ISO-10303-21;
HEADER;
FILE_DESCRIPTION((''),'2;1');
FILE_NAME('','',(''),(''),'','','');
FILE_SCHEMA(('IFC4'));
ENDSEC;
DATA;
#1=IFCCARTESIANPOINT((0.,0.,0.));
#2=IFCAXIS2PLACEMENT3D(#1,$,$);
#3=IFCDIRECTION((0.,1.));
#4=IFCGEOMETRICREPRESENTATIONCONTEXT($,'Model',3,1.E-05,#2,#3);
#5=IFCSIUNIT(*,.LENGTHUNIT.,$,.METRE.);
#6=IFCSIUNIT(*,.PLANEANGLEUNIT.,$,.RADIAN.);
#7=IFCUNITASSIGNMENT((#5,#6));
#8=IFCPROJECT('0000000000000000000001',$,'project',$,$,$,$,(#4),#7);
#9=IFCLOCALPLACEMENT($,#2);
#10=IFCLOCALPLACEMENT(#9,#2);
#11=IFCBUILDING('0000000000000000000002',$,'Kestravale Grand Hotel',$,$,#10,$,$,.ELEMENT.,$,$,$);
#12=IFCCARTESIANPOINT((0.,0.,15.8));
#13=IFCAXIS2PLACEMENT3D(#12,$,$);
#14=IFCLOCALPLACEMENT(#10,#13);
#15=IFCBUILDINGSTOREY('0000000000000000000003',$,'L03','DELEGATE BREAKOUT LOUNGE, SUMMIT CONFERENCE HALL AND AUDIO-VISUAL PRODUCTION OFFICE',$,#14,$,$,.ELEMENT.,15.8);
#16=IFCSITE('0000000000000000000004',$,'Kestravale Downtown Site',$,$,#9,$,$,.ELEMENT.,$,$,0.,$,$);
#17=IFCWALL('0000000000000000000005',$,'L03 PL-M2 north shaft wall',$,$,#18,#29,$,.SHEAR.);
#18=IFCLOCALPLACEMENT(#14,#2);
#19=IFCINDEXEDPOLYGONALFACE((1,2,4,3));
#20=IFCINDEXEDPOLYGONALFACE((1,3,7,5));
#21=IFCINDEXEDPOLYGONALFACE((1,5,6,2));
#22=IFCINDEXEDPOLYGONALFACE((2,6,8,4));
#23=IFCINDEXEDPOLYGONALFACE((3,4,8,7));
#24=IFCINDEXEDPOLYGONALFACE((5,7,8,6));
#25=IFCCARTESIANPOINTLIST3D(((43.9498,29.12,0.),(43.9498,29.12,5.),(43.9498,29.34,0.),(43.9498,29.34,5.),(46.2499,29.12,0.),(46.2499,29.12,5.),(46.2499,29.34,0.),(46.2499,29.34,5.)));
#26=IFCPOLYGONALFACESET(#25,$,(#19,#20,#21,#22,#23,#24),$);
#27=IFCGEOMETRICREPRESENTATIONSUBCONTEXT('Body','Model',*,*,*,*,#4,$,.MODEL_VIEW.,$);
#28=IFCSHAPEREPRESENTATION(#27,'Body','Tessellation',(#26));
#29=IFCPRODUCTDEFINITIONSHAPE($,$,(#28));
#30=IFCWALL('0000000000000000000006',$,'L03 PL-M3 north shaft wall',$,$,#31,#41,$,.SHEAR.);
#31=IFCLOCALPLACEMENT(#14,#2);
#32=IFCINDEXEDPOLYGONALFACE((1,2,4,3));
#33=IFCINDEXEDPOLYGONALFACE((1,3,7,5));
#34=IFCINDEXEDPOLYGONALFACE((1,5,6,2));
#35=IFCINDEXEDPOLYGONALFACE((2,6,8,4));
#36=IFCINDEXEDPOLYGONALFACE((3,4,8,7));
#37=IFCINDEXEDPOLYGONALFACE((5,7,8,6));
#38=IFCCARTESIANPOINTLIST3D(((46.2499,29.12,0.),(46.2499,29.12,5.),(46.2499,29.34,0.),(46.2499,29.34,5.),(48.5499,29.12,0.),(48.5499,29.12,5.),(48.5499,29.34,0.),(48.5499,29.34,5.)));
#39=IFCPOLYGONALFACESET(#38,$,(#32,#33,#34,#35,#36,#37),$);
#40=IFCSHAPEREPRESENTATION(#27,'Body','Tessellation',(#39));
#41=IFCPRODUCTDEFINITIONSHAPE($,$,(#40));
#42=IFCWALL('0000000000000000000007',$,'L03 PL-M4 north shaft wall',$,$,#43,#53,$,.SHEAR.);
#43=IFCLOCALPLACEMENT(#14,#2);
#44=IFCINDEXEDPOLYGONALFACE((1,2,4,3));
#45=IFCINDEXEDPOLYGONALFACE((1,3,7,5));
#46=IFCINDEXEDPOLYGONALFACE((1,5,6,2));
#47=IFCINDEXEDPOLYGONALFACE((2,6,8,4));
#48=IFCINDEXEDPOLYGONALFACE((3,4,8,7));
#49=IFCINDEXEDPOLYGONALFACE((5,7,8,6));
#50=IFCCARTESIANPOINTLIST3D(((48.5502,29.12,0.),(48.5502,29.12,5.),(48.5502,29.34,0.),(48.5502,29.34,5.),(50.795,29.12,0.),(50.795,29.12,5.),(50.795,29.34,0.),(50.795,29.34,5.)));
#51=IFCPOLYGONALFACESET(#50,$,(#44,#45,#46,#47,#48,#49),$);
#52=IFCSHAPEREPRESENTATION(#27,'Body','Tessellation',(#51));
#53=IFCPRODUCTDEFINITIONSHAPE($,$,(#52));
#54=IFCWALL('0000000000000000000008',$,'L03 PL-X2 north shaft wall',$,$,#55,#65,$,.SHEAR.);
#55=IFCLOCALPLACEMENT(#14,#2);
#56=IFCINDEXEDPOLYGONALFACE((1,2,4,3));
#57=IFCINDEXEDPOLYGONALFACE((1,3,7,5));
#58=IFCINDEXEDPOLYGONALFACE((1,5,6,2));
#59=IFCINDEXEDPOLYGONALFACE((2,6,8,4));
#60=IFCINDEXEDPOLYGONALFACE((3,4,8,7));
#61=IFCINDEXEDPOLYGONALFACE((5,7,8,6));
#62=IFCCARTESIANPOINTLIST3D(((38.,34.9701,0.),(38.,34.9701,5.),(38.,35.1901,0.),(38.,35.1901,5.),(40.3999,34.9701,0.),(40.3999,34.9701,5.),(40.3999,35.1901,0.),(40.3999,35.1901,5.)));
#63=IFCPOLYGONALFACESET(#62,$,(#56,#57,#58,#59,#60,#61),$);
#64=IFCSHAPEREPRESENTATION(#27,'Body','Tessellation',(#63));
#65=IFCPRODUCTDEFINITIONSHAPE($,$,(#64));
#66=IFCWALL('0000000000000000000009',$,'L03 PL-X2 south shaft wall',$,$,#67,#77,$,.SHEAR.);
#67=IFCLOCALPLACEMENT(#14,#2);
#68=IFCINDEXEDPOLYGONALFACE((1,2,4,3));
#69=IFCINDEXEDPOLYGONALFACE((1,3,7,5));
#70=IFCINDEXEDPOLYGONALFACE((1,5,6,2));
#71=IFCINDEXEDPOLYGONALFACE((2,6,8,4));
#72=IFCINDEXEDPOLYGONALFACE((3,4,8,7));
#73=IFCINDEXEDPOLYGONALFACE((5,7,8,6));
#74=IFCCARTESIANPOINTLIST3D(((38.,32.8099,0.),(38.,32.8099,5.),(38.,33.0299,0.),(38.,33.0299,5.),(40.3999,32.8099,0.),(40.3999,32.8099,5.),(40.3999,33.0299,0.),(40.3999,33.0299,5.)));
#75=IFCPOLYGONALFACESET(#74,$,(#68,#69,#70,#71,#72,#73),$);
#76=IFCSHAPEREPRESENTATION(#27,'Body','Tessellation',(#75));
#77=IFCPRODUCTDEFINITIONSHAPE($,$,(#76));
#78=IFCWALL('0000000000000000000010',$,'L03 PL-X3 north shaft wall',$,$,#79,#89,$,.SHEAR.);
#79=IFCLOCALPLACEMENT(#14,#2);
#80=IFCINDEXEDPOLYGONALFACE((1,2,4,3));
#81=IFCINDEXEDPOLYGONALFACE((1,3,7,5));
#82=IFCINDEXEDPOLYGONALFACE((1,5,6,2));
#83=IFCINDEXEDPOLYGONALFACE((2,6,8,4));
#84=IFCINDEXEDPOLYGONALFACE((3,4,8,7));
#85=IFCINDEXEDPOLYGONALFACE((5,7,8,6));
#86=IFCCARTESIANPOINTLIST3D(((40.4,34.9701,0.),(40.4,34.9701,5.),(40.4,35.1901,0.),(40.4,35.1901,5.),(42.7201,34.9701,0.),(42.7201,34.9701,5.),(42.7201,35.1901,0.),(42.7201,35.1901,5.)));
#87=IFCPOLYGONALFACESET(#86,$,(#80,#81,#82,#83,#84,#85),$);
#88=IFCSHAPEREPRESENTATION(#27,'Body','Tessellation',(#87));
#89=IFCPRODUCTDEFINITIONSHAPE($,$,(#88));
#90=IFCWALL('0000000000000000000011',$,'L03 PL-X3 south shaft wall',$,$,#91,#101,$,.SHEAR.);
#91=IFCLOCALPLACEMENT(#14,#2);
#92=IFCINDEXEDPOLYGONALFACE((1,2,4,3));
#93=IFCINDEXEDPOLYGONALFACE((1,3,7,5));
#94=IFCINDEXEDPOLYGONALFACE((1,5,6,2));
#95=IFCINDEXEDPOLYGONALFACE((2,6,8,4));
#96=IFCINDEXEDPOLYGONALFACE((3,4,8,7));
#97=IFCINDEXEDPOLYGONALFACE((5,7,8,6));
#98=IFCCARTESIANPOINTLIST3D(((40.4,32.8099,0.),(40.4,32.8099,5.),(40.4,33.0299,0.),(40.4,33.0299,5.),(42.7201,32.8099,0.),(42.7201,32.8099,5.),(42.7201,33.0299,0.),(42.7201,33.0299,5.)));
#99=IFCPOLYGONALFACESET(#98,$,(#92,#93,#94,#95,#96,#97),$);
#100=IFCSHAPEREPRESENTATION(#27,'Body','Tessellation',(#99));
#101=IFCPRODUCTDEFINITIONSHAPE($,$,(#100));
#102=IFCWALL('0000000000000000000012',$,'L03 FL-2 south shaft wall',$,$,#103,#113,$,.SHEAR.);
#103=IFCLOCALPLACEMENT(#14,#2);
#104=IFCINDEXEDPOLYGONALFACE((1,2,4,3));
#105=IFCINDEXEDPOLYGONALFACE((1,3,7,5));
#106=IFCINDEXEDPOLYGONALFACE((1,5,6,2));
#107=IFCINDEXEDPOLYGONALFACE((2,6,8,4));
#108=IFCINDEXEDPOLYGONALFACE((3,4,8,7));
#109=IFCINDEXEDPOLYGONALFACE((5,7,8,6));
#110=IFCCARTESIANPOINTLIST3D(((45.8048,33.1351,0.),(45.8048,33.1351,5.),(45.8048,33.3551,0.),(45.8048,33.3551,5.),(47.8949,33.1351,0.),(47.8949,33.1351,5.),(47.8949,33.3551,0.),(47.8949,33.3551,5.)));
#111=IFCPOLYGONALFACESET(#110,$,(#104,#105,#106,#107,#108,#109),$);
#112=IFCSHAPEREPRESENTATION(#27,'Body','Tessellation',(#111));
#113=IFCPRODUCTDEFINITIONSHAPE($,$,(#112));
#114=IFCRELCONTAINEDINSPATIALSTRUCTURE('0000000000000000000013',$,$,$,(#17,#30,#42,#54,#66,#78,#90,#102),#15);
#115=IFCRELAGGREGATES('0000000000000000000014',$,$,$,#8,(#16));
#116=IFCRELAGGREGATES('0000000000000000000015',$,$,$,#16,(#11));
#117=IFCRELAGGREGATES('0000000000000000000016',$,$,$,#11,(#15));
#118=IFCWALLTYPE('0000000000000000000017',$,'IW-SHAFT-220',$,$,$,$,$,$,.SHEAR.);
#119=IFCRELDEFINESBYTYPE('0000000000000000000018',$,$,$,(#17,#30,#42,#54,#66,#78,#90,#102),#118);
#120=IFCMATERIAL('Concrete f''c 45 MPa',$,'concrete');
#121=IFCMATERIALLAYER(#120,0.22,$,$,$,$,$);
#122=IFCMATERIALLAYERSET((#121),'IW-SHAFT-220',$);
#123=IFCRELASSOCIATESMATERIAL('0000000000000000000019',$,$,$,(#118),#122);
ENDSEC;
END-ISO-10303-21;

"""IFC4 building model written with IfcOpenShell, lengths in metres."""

from ifc_helpers import new_model, si_unit, direction, frame, frame_2d, origin, place, context, subcontext, project, spatial, rectangle, extrude, material, layer, layer_set, type_object, element, save


model = new_model("IFC4")

# Units and contexts
model_context = context("Model", 3, precision=1e-05, world=origin(), true_north=direction((0.0, 1.0)))
body_context = subcontext(model_context, "Body", "Model", "MODEL_VIEW")
ifc_project = project(units=[si_unit("LENGTHUNIT", "METRE"), si_unit("PLANEANGLEUNIT", "RADIAN")], contexts=[model_context])

# Site, building, storey
site_placement = place(None, origin())
site = spatial("IfcSite", under=ifc_project, at=site_placement, Name="Kestravale Downtown Site", CompositionType="ELEMENT", RefElevation=0.0)
building_placement = place(site_placement, origin())
building = spatial("IfcBuilding", under=site, at=building_placement, Name="Kestravale Grand Hotel", CompositionType="ELEMENT")
storey_placement = place(building_placement, frame((0.0, 0.0, 15.8)))
storey = spatial("IfcBuildingStorey", under=building, at=storey_placement, Name="L03", Description="DELEGATE BREAKOUT LOUNGE, SUMMIT CONFERENCE HALL AND AUDIO-VISUAL PRODUCTION OFFICE", CompositionType="ELEMENT", Elevation=15.8)

# Walls
ifc_material_1 = material(Name="Concrete f'c 45 MPa", Category="concrete")
ifc_layer_1 = layer(ifc_material_1, 0.22)
ifc_layer_set_1 = layer_set([ifc_layer_1], Name="IW-SHAFT-220")
wall_type_1 = type_object("IfcWallType", Name="IW-SHAFT-220", PredefinedType="SHEAR", material=ifc_layer_set_1)
for number, where, z_axis, x_axis, name in (
    (1, (43.95, 29.23, 0.0), (0.0, 0.0, 1.0), (1.0, 0.0, 0.0), "L03 PL-M2 north shaft wall"),
    (2, (46.25, 29.23, 0.0), (0.0, 0.0, 1.0), (1.0, 0.0, 0.0), "L03 PL-M3 north shaft wall"),
):
    element("IfcWall", number, at=place(storey_placement, frame(where, z_axis=z_axis, x_axis=x_axis)), inside=storey, type_object=wall_type_1, Name=name, PredefinedType="SHEAR", context=body_context, shape_type="SweptSolid", body=[
        extrude(rectangle(XDim=2.3, YDim=0.22, at=frame_2d((1.1499, 0.0))), origin(), (0.0, 0.0, 1.0), 5.0),
    ])
wall_1_placement = place(storey_placement, frame((48.55, 29.23, 0.0), z_axis=(0.0, 0.0, 1.0), x_axis=(1.0, 0.0, 0.0)))
element("IfcWall", 3, at=wall_1_placement, inside=storey, type_object=wall_type_1, Name="L03 PL-M4 north shaft wall", PredefinedType="SHEAR", context=body_context, shape_type="SweptSolid", body=[
    extrude(rectangle(XDim=2.2449, YDim=0.22, at=frame_2d((1.1226, 0.0))), origin(), (0.0, 0.0, 1.0), 5.0),
])
for number, where, z_axis, x_axis, name in (
    (4, (38.0, 35.0801, 0.0), (0.0, 0.0, 1.0), (1.0, 0.0, 0.0), "L03 PL-X2 north shaft wall"),
    (5, (38.0, 32.9199, 0.0), (0.0, 0.0, 1.0), (1.0, 0.0, 0.0), "L03 PL-X2 south shaft wall"),
):
    element("IfcWall", number, at=place(storey_placement, frame(where, z_axis=z_axis, x_axis=x_axis)), inside=storey, type_object=wall_type_1, Name=name, PredefinedType="SHEAR", context=body_context, shape_type="SweptSolid", body=[
        extrude(rectangle(XDim=2.3999, YDim=0.22, at=frame_2d((1.2, 0.0))), origin(), (0.0, 0.0, 1.0), 5.0),
    ])
for number, where, z_axis, x_axis, name in (
    (6, (40.3999, 35.0801, 0.0), (0.0, 0.0, 1.0), (1.0, 0.0, 0.0), "L03 PL-X3 north shaft wall"),
    (7, (40.3999, 32.9199, 0.0), (0.0, 0.0, 1.0), (1.0, 0.0, 0.0), "L03 PL-X3 south shaft wall"),
):
    element("IfcWall", number, at=place(storey_placement, frame(where, z_axis=z_axis, x_axis=x_axis)), inside=storey, type_object=wall_type_1, Name=name, PredefinedType="SHEAR", context=body_context, shape_type="SweptSolid", body=[
        extrude(rectangle(XDim=2.3201, YDim=0.22, at=frame_2d((1.1602, 0.0))), origin(), (0.0, 0.0, 1.0), 5.0),
    ])

# Wall
wall_2_placement = place(storey_placement, frame((45.8049, 33.2451, 0.0), z_axis=(0.0, 0.0, 1.0), x_axis=(1.0, 0.0, 0.0)))
element("IfcWall", 8, at=wall_2_placement, inside=storey, type_object=wall_type_1, Name="L03 FL-2 south shaft wall", PredefinedType="SHEAR", context=body_context, shape_type="SweptSolid", body=[
    extrude(rectangle(XDim=2.0901, YDim=0.22, at=frame_2d((1.0449, 0.0))), origin(), (0.0, 0.0, 1.0), 5.0),
])

save(model, "model.ifc")
